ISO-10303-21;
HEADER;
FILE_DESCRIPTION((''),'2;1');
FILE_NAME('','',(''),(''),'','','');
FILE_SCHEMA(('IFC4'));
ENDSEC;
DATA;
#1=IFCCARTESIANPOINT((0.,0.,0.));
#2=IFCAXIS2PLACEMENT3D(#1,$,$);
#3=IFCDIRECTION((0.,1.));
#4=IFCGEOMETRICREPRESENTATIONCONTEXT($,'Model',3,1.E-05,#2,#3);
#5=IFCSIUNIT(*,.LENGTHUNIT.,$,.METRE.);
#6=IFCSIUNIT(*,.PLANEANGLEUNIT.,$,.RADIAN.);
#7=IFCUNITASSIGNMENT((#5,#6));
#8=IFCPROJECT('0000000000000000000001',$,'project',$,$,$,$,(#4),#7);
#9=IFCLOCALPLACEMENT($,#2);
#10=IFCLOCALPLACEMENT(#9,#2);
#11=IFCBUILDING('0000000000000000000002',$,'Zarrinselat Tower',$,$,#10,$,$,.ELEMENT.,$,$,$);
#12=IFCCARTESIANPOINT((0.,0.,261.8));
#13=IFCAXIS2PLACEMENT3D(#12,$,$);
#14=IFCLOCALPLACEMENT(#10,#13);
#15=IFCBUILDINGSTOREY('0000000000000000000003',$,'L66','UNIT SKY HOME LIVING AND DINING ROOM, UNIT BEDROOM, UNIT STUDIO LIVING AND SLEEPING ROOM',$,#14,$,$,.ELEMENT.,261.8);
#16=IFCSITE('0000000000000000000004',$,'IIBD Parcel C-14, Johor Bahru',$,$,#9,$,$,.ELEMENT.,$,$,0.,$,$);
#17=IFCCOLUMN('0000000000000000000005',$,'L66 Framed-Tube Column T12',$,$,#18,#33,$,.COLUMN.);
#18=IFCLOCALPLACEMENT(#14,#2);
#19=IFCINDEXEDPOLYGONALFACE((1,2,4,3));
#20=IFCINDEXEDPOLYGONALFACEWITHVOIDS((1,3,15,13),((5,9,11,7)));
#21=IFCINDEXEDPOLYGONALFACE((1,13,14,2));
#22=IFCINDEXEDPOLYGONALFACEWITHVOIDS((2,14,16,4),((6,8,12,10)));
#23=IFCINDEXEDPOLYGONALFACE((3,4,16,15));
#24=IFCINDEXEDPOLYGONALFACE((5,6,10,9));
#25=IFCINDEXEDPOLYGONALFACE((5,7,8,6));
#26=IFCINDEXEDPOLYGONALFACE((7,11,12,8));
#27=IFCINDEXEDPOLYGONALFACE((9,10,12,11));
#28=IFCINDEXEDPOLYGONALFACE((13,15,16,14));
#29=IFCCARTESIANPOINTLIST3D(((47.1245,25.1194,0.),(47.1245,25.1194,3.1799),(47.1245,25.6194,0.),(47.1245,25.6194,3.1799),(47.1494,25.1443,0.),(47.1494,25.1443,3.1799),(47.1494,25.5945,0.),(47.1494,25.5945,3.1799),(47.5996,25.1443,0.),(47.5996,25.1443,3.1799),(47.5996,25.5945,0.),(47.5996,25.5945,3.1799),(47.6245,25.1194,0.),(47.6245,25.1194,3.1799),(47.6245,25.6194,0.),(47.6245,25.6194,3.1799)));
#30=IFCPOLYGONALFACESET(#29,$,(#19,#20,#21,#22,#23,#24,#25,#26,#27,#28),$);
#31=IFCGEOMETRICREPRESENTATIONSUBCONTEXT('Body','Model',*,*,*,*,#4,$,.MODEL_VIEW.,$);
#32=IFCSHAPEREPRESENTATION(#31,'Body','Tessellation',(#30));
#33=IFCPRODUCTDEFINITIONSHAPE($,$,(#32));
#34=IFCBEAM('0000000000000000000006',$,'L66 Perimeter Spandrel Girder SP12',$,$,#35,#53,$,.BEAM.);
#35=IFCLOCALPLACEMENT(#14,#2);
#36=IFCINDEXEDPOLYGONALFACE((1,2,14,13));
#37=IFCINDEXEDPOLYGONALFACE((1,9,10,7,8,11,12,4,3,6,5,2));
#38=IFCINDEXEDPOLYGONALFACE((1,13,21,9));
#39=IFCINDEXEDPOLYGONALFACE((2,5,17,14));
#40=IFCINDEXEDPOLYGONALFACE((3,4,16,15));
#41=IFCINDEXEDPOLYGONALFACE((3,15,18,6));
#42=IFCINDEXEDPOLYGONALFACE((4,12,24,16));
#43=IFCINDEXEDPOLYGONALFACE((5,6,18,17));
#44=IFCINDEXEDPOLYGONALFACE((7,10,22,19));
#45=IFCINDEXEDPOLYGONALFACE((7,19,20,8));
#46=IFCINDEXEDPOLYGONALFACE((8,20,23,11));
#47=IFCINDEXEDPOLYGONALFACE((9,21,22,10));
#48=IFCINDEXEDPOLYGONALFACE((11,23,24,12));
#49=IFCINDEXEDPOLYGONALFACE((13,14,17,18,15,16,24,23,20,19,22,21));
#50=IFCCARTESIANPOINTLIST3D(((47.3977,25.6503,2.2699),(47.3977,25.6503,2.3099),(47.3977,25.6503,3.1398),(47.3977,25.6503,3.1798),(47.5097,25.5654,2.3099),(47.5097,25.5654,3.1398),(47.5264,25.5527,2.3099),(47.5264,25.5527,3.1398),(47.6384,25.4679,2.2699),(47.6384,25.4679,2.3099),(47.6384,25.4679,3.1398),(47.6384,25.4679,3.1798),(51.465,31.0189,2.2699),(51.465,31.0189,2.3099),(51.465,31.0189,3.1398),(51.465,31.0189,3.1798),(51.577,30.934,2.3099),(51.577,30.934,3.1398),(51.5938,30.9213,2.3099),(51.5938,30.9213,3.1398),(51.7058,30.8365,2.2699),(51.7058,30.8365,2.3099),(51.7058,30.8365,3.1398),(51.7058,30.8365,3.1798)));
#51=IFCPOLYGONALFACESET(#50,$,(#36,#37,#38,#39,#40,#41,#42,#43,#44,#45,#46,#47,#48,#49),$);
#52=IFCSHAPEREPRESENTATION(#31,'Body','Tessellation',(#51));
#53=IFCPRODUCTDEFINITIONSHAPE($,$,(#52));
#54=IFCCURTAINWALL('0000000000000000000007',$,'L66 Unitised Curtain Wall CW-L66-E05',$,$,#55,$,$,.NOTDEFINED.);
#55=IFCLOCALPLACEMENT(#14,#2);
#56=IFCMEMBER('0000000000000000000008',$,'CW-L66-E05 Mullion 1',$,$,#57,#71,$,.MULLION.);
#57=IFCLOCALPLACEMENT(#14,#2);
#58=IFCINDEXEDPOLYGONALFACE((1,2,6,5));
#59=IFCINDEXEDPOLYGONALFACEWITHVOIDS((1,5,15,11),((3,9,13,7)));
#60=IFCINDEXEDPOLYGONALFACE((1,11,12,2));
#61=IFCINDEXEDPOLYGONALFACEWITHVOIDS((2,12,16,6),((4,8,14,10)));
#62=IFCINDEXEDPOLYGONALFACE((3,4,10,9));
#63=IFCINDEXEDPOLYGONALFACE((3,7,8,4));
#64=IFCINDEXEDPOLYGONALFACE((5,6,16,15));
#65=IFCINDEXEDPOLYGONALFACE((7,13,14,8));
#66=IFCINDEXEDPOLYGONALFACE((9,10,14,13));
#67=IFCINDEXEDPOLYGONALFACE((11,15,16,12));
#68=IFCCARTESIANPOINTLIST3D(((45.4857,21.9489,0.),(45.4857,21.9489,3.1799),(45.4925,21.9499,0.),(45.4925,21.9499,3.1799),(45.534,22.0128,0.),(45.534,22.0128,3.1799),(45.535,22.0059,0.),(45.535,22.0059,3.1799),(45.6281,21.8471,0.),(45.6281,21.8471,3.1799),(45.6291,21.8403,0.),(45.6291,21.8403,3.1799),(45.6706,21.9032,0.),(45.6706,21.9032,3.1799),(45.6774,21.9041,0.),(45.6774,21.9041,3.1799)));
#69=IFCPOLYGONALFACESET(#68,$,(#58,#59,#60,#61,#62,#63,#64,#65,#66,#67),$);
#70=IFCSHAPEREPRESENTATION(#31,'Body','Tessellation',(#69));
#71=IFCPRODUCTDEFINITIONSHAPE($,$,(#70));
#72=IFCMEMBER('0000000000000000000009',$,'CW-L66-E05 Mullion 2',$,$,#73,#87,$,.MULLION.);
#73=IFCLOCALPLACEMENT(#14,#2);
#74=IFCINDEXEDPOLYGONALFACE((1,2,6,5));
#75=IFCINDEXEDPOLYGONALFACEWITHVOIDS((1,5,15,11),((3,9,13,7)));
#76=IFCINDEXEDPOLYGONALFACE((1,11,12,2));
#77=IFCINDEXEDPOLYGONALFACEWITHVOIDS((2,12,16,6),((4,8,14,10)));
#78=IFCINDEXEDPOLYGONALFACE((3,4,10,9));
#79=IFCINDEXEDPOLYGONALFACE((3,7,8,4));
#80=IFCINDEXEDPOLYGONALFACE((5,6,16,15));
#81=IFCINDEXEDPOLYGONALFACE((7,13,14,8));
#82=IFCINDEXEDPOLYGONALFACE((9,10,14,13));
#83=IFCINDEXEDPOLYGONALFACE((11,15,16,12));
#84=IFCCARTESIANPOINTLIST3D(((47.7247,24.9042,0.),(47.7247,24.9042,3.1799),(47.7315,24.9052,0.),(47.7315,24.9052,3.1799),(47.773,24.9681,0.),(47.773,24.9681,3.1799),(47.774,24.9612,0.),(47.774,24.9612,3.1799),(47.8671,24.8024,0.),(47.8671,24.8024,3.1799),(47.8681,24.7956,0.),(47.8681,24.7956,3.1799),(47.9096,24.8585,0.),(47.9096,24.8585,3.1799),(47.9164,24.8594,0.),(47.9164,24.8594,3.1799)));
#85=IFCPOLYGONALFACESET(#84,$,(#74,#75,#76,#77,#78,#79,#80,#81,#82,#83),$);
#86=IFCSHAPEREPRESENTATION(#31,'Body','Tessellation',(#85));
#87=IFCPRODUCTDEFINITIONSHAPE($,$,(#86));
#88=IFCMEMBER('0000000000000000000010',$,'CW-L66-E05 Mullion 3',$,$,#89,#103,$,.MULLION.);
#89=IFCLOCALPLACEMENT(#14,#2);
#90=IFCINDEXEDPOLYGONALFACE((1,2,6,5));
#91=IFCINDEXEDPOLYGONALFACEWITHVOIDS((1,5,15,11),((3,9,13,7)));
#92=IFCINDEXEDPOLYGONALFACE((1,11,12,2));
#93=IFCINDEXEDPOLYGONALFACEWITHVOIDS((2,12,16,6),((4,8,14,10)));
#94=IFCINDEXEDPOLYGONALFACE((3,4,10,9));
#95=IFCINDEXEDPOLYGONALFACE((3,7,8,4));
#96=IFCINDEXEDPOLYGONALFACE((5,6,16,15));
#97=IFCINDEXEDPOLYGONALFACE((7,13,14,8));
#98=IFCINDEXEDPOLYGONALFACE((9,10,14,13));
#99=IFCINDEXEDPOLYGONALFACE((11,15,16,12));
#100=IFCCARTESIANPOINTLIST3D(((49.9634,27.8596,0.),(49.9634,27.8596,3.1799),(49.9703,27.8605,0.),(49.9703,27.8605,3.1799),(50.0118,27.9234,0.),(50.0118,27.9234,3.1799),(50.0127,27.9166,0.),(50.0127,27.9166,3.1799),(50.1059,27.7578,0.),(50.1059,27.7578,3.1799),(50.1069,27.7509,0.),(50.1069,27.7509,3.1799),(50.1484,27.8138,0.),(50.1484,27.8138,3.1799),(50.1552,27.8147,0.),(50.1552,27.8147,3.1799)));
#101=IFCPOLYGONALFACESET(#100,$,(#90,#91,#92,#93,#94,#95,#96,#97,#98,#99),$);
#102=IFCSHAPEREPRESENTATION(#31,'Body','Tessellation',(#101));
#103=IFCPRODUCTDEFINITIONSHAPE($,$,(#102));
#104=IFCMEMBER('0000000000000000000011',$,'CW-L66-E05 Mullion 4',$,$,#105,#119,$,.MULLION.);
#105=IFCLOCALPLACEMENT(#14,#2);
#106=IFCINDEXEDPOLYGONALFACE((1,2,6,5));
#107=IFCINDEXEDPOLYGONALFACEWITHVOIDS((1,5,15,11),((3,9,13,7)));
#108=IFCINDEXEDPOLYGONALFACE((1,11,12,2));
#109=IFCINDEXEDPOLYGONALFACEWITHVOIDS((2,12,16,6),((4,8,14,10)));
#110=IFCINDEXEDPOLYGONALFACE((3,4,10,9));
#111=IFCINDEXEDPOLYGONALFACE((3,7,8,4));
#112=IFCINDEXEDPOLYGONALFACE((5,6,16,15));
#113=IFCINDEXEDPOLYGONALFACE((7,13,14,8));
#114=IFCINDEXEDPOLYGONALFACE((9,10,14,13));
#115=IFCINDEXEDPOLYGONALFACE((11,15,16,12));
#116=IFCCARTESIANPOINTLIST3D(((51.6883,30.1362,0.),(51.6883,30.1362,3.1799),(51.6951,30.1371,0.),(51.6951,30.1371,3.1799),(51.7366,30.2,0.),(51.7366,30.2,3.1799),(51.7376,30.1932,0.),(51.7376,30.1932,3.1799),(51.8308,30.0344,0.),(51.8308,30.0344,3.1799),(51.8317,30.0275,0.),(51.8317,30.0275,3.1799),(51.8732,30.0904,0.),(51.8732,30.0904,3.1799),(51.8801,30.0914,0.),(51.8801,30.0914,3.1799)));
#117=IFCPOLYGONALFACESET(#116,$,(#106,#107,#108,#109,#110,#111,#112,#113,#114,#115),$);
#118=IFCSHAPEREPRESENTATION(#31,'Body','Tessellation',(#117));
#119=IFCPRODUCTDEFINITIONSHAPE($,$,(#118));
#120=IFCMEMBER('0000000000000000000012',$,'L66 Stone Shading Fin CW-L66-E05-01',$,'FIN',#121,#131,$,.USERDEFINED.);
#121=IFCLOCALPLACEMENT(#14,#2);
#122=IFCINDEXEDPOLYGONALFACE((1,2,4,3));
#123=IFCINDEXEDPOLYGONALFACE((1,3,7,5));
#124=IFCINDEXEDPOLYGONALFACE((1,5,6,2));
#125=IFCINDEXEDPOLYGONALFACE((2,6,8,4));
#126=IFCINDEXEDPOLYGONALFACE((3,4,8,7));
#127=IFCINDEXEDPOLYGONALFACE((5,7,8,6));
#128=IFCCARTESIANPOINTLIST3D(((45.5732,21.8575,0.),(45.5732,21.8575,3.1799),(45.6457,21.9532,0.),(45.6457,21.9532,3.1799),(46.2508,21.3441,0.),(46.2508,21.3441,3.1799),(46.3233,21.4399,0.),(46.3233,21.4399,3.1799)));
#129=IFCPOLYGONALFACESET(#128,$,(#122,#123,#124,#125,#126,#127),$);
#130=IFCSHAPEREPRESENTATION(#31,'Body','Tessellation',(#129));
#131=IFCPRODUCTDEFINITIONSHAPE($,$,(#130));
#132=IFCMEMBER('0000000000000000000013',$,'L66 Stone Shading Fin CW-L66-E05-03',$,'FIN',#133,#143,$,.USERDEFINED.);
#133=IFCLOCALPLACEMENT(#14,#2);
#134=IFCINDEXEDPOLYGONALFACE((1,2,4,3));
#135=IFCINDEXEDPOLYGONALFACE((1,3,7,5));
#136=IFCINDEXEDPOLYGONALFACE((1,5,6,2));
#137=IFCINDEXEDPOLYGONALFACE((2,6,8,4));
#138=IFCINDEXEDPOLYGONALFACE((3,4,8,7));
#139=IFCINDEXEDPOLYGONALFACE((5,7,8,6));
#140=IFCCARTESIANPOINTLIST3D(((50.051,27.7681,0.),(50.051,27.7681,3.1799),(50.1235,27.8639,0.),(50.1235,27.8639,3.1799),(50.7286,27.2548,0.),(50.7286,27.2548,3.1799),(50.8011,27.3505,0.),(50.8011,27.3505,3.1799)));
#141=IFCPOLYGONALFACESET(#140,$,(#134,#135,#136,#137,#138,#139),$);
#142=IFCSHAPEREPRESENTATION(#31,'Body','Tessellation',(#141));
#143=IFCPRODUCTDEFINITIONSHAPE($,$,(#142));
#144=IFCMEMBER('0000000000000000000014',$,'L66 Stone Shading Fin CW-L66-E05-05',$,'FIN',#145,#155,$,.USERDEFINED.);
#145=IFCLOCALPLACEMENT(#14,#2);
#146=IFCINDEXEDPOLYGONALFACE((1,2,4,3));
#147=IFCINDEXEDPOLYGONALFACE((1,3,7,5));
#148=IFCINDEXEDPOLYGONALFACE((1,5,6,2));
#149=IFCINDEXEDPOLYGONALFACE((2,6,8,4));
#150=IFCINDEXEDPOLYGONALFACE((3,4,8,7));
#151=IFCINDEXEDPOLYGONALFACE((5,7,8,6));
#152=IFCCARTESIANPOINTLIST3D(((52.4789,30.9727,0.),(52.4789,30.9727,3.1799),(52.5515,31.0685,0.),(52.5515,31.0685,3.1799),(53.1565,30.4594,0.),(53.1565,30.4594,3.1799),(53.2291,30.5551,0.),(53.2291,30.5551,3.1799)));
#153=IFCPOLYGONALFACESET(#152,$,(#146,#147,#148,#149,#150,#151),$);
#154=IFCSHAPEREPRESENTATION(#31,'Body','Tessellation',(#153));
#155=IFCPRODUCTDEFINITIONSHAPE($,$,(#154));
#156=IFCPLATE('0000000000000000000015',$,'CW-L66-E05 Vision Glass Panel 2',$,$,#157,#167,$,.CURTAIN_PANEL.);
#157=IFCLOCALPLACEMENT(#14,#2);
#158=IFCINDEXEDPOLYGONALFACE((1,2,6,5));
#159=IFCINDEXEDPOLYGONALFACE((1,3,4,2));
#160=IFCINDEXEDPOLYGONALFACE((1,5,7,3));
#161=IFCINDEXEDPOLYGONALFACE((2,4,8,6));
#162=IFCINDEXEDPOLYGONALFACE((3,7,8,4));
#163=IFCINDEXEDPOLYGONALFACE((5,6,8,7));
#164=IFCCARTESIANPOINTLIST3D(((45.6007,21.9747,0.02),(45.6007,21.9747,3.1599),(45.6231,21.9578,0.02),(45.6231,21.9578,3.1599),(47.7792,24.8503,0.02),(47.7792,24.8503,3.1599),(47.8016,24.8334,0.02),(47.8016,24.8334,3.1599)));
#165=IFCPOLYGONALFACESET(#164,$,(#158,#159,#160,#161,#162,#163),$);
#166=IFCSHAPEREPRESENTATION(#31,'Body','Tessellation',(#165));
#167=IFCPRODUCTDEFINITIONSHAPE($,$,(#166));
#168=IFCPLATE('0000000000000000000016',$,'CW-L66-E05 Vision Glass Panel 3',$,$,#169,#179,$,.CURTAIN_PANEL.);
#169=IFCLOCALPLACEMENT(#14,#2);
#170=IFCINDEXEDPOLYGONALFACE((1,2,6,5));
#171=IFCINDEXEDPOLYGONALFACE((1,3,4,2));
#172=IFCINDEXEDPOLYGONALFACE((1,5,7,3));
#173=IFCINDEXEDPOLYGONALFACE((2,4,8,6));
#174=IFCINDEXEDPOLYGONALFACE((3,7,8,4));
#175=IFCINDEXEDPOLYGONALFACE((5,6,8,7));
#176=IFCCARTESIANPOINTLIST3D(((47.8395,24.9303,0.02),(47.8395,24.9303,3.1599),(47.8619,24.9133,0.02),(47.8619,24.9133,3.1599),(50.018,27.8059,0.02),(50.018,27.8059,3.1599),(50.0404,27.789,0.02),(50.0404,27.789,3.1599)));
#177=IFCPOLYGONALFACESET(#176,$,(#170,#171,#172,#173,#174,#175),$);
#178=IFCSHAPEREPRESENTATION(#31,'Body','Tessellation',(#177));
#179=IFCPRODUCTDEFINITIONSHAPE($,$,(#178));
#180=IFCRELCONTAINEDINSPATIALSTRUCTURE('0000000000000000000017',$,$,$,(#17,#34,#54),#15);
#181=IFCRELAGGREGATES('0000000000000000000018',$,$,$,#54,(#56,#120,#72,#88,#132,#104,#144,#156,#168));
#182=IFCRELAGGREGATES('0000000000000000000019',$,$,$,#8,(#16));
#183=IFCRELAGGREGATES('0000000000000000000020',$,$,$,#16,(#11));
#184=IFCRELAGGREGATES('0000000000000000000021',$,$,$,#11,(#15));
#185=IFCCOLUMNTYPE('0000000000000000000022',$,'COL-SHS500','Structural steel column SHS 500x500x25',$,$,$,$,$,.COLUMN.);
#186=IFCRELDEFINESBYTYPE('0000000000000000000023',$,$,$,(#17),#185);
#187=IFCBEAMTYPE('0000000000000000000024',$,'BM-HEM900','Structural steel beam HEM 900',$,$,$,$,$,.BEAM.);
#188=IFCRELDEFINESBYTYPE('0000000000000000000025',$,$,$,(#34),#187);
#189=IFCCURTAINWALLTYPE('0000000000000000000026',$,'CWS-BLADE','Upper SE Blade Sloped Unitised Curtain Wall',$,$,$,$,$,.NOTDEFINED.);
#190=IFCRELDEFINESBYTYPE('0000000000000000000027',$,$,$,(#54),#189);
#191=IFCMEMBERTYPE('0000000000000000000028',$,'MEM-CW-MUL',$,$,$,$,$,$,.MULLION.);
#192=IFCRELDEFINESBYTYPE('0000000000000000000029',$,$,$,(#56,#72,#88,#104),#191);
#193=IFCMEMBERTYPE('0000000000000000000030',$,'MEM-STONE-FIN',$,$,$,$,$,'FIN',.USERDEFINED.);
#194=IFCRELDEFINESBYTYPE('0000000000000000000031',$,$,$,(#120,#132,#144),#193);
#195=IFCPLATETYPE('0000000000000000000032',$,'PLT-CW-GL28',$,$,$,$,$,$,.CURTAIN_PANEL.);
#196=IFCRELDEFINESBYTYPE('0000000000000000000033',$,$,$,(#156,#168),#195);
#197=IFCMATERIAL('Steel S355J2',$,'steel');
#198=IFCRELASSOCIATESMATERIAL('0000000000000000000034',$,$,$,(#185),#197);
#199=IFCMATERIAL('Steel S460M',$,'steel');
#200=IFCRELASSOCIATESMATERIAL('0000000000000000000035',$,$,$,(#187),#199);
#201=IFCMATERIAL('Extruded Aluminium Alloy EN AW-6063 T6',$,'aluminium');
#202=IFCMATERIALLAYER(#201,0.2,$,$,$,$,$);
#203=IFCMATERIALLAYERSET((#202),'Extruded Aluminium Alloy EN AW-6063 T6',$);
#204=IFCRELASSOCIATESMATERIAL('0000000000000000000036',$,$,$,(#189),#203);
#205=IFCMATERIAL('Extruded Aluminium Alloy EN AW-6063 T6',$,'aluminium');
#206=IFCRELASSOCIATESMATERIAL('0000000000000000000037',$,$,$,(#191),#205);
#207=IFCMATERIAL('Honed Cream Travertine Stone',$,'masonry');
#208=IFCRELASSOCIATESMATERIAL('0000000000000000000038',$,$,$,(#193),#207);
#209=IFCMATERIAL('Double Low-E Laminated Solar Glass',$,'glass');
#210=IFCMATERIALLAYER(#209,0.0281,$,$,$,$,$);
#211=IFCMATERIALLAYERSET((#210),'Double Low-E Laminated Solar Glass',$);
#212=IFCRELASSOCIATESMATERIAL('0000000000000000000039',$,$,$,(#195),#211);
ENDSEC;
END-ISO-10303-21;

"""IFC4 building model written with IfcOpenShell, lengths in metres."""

from ifc_helpers import new_model, si_unit, direction, frame, origin, origin_2d, place, context, subcontext, project, spatial, rectangle, hollow_rectangle, i_section, extrude, material, layer, layer_set, material_profile, profile_set, type_object, element, aggregate, save


model = new_model("IFC4")

# Units and contexts
model_context = context("Model", 3, precision=1e-05, world=origin(), true_north=direction((0.0, 1.0)))
body_context = subcontext(model_context, "Body", "Model", "MODEL_VIEW")
ifc_project = project(units=[si_unit("LENGTHUNIT", "METRE"), si_unit("PLANEANGLEUNIT", "RADIAN")], contexts=[model_context])

# Site, building, storey
site_placement = place(None, origin())
site = spatial("IfcSite", under=ifc_project, at=site_placement, Name="IIBD Parcel C-14, Johor Bahru", CompositionType="ELEMENT", RefElevation=0.0)
building_placement = place(site_placement, origin())
building = spatial("IfcBuilding", under=site, at=building_placement, Name="Zarrinselat Tower", CompositionType="ELEMENT")
storey_placement = place(building_placement, frame((0.0, 0.0, 261.8)))
storey = spatial("IfcBuildingStorey", under=building, at=storey_placement, Name="L66", Description="UNIT SKY HOME LIVING AND DINING ROOM, UNIT BEDROOM, UNIT STUDIO LIVING AND SLEEPING ROOM", CompositionType="ELEMENT", Elevation=261.8)

# Column
ifc_material_1 = material(Name="Steel S355J2", Category="steel")
ifc_material_profile_1 = material_profile(ifc_material_1, hollow_rectangle(XDim=0.5, YDim=0.5, WallThickness=0.0249, at=origin_2d()), Name="SHS 500x500x25")
ifc_profile_set_1 = profile_set([ifc_material_profile_1], Name="Steel S355J2")
column_type = type_object("IfcColumnType", Name="COL-SHS500", Description="Structural steel column SHS 500x500x25", PredefinedType="COLUMN", material=ifc_profile_set_1)
column_placement = place(storey_placement, frame((47.3745, 25.3694, 0.0), z_axis=(0.0, 0.0, 1.0), x_axis=(1.0, 0.0, 0.0)))
element("IfcColumn", 1, at=column_placement, inside=storey, type_object=column_type, Name="L66 Framed-Tube Column T12", PredefinedType="COLUMN", context=body_context, shape_type="SweptSolid", body=[
    extrude(hollow_rectangle(XDim=0.5, YDim=0.5, WallThickness=0.0249, at=origin_2d()), origin(), (0.0, 0.0, 1.0), 3.1799),
])

# Beam
ifc_material_2 = material(Name="Steel S460M", Category="steel")
ifc_material_profile_2 = material_profile(ifc_material_2, i_section(OverallWidth=0.302, OverallDepth=0.9099, WebThickness=0.021, FlangeThickness=0.04, at=origin_2d()), Name="HEM 900")
ifc_profile_set_2 = profile_set([ifc_material_profile_2], Name="Steel S460M")
beam_type = type_object("IfcBeamType", Name="BM-HEM900", Description="Structural steel beam HEM 900", PredefinedType="BEAM", material=ifc_profile_set_2)
beam_placement = place(storey_placement, frame((47.5181, 25.5591, 2.7249), z_axis=(0.603879, 0.797076, 0.0), x_axis=(-0.797076, 0.603879, 0.0)))
element("IfcBeam", 2, at=beam_placement, inside=storey, type_object=beam_type, Name="L66 Perimeter Spandrel Girder SP12", PredefinedType="BEAM", context=body_context, shape_type="SweptSolid", body=[
    extrude(i_section(OverallWidth=0.302, OverallDepth=0.9099, WebThickness=0.021, FlangeThickness=0.04, at=origin_2d()), origin(), (0.0, 0.0, 1.0), 6.7354),
])

# Curtain wall, members, plates
ifc_material_3 = material(Name="Extruded Aluminium Alloy EN AW-6063 T6", Category="aluminium")
ifc_layer_1 = layer(ifc_material_3, 0.2)
ifc_layer_set_1 = layer_set([ifc_layer_1], Name="Extruded Aluminium Alloy EN AW-6063 T6")
curtain_wall_type = type_object("IfcCurtainWallType", Name="CWS-BLADE", Description="Upper SE Blade Sloped Unitised Curtain Wall", PredefinedType="NOTDEFINED", material=ifc_layer_set_1)
curtain_wall_placement = place(storey_placement, origin())
curtain_wall = element("IfcCurtainWall", 3, at=curtain_wall_placement, inside=storey, type_object=curtain_wall_type, Name="L66 Unitised Curtain Wall CW-L66-E05", PredefinedType="NOTDEFINED")
ifc_material_4 = material(Name="Extruded Aluminium Alloy EN AW-6063 T6", Category="aluminium")
ifc_material_profile_3 = material_profile(ifc_material_4, hollow_rectangle(XDim=0.0801, YDim=0.1799, WallThickness=0.0049, at=origin_2d()), Name="RHS 180x80x5")
ifc_profile_set_3 = profile_set([ifc_material_profile_3], Name="Extruded Aluminium Alloy EN AW-6063 T6")
member_type_1 = type_object("IfcMemberType", Name="MEM-CW-MUL", PredefinedType="MULLION", material=ifc_profile_set_3)
member_1_placement = place(storey_placement, frame((45.5815, 21.9265, 0.0), z_axis=(0.0, 0.0, 1.0), x_axis=(0.60386, 0.797091, 0.0)))
member_1 = element("IfcMember", 4, at=member_1_placement, type_object=member_type_1, Name="CW-L66-E05 Mullion 1", PredefinedType="MULLION", context=body_context, shape_type="SweptSolid", body=[
    extrude(hollow_rectangle(XDim=0.0801, YDim=0.1799, WallThickness=0.0049, at=origin_2d()), origin(), (0.0, 0.0, 1.0), 3.1799),
])
member_2_placement = place(storey_placement, frame((47.8206, 24.8818, 0.0), z_axis=(0.0, 0.0, 1.0), x_axis=(0.60386, 0.797091, 0.0)))
member_2 = element("IfcMember", 5, at=member_2_placement, type_object=member_type_1, Name="CW-L66-E05 Mullion 2", PredefinedType="MULLION", context=body_context, shape_type="SweptSolid", body=[
    extrude(hollow_rectangle(XDim=0.0801, YDim=0.1799, WallThickness=0.0049, at=origin_2d()), origin(), (0.0, 0.0, 1.0), 3.1799),
])
member_3_placement = place(storey_placement, frame((50.0593, 27.8372, 0.0), z_axis=(0.0, 0.0, 1.0), x_axis=(0.60386, 0.797091, 0.0)))
member_3 = element("IfcMember", 6, at=member_3_placement, type_object=member_type_1, Name="CW-L66-E05 Mullion 3", PredefinedType="MULLION", context=body_context, shape_type="SweptSolid", body=[
    extrude(hollow_rectangle(XDim=0.0801, YDim=0.1799, WallThickness=0.0049, at=origin_2d()), origin(), (0.0, 0.0, 1.0), 3.1799),
])
member_4_placement = place(storey_placement, frame((51.7842, 30.1138, 0.0), z_axis=(0.0, 0.0, 1.0), x_axis=(0.60386, 0.797091, 0.0)))
member_4 = element("IfcMember", 7, at=member_4_placement, type_object=member_type_1, Name="CW-L66-E05 Mullion 4", PredefinedType="MULLION", context=body_context, shape_type="SweptSolid", body=[
    extrude(hollow_rectangle(XDim=0.0801, YDim=0.1799, WallThickness=0.0049, at=origin_2d()), origin(), (0.0, 0.0, 1.0), 3.1799),
])
ifc_material_5 = material(Name="Honed Cream Travertine Stone", Category="masonry")
ifc_material_profile_4 = material_profile(ifc_material_5, rectangle(XDim=0.1201, YDim=0.8501, at=origin_2d()), Name="FIN 850x120")
ifc_profile_set_4 = profile_set([ifc_material_profile_4], Name="Honed Cream Travertine Stone")
member_type_2 = type_object("IfcMemberType", Name="MEM-STONE-FIN", ElementType="FIN", PredefinedType="USERDEFINED", material=ifc_profile_set_4)
member_5_placement = place(storey_placement, frame((45.9482, 21.6487, 0.0), z_axis=(0.0, 0.0, 1.0), x_axis=(-0.60386, -0.797091, 0.0)))
member_5 = element("IfcMember", 8, at=member_5_placement, type_object=member_type_2, Name="L66 Stone Shading Fin CW-L66-E05-01", ObjectType="FIN", PredefinedType="USERDEFINED", context=body_context, shape_type="SweptSolid", body=[
    extrude(rectangle(XDim=0.1201, YDim=0.8501, at=origin_2d()), origin(), (0.0, 0.0, 1.0), 3.1799),
])
member_6_placement = place(storey_placement, frame((50.426, 27.5593, 0.0), z_axis=(0.0, 0.0, 1.0), x_axis=(-0.60386, -0.797091, 0.0)))
member_6 = element("IfcMember", 9, at=member_6_placement, type_object=member_type_2, Name="L66 Stone Shading Fin CW-L66-E05-03", ObjectType="FIN", PredefinedType="USERDEFINED", context=body_context, shape_type="SweptSolid", body=[
    extrude(rectangle(XDim=0.1201, YDim=0.8501, at=origin_2d()), origin(), (0.0, 0.0, 1.0), 3.1799),
])
member_7_placement = place(storey_placement, frame((52.854, 30.7639, 0.0), z_axis=(0.0, 0.0, 1.0), x_axis=(-0.60386, -0.797091, 0.0)))
member_7 = element("IfcMember", 10, at=member_7_placement, type_object=member_type_2, Name="L66 Stone Shading Fin CW-L66-E05-05", ObjectType="FIN", PredefinedType="USERDEFINED", context=body_context, shape_type="SweptSolid", body=[
    extrude(rectangle(XDim=0.1201, YDim=0.8501, at=origin_2d()), origin(), (0.0, 0.0, 1.0), 3.1799),
])
ifc_material_6 = material(Name="Double Low-E Laminated Solar Glass", Category="glass")
ifc_layer_2 = layer(ifc_material_6, 0.0281)
ifc_layer_set_2 = layer_set([ifc_layer_2], Name="Double Low-E Laminated Solar Glass")
plate_type = type_object("IfcPlateType", Name="PLT-CW-GL28", PredefinedType="CURTAIN_PANEL", material=ifc_layer_set_2)
plate_1_placement = place(storey_placement, frame((46.7012, 23.4041, 0.02), z_axis=(0.0, 0.0, 1.0), x_axis=(0.60386, 0.797091, 0.0)))
plate_1 = element("IfcPlate", 11, at=plate_1_placement, type_object=plate_type, Name="CW-L66-E05 Vision Glass Panel 2", PredefinedType="CURTAIN_PANEL", context=body_context, shape_type="SweptSolid", body=[
    extrude(rectangle(XDim=3.6077, YDim=0.0281, at=origin_2d()), origin(), (0.0, 0.0, 1.0), 3.1399),
])
plate_2_placement = place(storey_placement, frame((48.9399, 26.3596, 0.02), z_axis=(0.0, 0.0, 1.0), x_axis=(0.60386, 0.797091, 0.0)))
plate_2 = element("IfcPlate", 12, at=plate_2_placement, type_object=plate_type, Name="CW-L66-E05 Vision Glass Panel 3", PredefinedType="CURTAIN_PANEL", context=body_context, shape_type="SweptSolid", body=[
    extrude(rectangle(XDim=3.6077, YDim=0.0281, at=origin_2d()), origin(), (0.0, 0.0, 1.0), 3.1399),
])
aggregate(curtain_wall, [member_1, member_5, member_2, member_3, member_6, member_4, member_7, plate_1, plate_2])

save(model, "model.ifc")
